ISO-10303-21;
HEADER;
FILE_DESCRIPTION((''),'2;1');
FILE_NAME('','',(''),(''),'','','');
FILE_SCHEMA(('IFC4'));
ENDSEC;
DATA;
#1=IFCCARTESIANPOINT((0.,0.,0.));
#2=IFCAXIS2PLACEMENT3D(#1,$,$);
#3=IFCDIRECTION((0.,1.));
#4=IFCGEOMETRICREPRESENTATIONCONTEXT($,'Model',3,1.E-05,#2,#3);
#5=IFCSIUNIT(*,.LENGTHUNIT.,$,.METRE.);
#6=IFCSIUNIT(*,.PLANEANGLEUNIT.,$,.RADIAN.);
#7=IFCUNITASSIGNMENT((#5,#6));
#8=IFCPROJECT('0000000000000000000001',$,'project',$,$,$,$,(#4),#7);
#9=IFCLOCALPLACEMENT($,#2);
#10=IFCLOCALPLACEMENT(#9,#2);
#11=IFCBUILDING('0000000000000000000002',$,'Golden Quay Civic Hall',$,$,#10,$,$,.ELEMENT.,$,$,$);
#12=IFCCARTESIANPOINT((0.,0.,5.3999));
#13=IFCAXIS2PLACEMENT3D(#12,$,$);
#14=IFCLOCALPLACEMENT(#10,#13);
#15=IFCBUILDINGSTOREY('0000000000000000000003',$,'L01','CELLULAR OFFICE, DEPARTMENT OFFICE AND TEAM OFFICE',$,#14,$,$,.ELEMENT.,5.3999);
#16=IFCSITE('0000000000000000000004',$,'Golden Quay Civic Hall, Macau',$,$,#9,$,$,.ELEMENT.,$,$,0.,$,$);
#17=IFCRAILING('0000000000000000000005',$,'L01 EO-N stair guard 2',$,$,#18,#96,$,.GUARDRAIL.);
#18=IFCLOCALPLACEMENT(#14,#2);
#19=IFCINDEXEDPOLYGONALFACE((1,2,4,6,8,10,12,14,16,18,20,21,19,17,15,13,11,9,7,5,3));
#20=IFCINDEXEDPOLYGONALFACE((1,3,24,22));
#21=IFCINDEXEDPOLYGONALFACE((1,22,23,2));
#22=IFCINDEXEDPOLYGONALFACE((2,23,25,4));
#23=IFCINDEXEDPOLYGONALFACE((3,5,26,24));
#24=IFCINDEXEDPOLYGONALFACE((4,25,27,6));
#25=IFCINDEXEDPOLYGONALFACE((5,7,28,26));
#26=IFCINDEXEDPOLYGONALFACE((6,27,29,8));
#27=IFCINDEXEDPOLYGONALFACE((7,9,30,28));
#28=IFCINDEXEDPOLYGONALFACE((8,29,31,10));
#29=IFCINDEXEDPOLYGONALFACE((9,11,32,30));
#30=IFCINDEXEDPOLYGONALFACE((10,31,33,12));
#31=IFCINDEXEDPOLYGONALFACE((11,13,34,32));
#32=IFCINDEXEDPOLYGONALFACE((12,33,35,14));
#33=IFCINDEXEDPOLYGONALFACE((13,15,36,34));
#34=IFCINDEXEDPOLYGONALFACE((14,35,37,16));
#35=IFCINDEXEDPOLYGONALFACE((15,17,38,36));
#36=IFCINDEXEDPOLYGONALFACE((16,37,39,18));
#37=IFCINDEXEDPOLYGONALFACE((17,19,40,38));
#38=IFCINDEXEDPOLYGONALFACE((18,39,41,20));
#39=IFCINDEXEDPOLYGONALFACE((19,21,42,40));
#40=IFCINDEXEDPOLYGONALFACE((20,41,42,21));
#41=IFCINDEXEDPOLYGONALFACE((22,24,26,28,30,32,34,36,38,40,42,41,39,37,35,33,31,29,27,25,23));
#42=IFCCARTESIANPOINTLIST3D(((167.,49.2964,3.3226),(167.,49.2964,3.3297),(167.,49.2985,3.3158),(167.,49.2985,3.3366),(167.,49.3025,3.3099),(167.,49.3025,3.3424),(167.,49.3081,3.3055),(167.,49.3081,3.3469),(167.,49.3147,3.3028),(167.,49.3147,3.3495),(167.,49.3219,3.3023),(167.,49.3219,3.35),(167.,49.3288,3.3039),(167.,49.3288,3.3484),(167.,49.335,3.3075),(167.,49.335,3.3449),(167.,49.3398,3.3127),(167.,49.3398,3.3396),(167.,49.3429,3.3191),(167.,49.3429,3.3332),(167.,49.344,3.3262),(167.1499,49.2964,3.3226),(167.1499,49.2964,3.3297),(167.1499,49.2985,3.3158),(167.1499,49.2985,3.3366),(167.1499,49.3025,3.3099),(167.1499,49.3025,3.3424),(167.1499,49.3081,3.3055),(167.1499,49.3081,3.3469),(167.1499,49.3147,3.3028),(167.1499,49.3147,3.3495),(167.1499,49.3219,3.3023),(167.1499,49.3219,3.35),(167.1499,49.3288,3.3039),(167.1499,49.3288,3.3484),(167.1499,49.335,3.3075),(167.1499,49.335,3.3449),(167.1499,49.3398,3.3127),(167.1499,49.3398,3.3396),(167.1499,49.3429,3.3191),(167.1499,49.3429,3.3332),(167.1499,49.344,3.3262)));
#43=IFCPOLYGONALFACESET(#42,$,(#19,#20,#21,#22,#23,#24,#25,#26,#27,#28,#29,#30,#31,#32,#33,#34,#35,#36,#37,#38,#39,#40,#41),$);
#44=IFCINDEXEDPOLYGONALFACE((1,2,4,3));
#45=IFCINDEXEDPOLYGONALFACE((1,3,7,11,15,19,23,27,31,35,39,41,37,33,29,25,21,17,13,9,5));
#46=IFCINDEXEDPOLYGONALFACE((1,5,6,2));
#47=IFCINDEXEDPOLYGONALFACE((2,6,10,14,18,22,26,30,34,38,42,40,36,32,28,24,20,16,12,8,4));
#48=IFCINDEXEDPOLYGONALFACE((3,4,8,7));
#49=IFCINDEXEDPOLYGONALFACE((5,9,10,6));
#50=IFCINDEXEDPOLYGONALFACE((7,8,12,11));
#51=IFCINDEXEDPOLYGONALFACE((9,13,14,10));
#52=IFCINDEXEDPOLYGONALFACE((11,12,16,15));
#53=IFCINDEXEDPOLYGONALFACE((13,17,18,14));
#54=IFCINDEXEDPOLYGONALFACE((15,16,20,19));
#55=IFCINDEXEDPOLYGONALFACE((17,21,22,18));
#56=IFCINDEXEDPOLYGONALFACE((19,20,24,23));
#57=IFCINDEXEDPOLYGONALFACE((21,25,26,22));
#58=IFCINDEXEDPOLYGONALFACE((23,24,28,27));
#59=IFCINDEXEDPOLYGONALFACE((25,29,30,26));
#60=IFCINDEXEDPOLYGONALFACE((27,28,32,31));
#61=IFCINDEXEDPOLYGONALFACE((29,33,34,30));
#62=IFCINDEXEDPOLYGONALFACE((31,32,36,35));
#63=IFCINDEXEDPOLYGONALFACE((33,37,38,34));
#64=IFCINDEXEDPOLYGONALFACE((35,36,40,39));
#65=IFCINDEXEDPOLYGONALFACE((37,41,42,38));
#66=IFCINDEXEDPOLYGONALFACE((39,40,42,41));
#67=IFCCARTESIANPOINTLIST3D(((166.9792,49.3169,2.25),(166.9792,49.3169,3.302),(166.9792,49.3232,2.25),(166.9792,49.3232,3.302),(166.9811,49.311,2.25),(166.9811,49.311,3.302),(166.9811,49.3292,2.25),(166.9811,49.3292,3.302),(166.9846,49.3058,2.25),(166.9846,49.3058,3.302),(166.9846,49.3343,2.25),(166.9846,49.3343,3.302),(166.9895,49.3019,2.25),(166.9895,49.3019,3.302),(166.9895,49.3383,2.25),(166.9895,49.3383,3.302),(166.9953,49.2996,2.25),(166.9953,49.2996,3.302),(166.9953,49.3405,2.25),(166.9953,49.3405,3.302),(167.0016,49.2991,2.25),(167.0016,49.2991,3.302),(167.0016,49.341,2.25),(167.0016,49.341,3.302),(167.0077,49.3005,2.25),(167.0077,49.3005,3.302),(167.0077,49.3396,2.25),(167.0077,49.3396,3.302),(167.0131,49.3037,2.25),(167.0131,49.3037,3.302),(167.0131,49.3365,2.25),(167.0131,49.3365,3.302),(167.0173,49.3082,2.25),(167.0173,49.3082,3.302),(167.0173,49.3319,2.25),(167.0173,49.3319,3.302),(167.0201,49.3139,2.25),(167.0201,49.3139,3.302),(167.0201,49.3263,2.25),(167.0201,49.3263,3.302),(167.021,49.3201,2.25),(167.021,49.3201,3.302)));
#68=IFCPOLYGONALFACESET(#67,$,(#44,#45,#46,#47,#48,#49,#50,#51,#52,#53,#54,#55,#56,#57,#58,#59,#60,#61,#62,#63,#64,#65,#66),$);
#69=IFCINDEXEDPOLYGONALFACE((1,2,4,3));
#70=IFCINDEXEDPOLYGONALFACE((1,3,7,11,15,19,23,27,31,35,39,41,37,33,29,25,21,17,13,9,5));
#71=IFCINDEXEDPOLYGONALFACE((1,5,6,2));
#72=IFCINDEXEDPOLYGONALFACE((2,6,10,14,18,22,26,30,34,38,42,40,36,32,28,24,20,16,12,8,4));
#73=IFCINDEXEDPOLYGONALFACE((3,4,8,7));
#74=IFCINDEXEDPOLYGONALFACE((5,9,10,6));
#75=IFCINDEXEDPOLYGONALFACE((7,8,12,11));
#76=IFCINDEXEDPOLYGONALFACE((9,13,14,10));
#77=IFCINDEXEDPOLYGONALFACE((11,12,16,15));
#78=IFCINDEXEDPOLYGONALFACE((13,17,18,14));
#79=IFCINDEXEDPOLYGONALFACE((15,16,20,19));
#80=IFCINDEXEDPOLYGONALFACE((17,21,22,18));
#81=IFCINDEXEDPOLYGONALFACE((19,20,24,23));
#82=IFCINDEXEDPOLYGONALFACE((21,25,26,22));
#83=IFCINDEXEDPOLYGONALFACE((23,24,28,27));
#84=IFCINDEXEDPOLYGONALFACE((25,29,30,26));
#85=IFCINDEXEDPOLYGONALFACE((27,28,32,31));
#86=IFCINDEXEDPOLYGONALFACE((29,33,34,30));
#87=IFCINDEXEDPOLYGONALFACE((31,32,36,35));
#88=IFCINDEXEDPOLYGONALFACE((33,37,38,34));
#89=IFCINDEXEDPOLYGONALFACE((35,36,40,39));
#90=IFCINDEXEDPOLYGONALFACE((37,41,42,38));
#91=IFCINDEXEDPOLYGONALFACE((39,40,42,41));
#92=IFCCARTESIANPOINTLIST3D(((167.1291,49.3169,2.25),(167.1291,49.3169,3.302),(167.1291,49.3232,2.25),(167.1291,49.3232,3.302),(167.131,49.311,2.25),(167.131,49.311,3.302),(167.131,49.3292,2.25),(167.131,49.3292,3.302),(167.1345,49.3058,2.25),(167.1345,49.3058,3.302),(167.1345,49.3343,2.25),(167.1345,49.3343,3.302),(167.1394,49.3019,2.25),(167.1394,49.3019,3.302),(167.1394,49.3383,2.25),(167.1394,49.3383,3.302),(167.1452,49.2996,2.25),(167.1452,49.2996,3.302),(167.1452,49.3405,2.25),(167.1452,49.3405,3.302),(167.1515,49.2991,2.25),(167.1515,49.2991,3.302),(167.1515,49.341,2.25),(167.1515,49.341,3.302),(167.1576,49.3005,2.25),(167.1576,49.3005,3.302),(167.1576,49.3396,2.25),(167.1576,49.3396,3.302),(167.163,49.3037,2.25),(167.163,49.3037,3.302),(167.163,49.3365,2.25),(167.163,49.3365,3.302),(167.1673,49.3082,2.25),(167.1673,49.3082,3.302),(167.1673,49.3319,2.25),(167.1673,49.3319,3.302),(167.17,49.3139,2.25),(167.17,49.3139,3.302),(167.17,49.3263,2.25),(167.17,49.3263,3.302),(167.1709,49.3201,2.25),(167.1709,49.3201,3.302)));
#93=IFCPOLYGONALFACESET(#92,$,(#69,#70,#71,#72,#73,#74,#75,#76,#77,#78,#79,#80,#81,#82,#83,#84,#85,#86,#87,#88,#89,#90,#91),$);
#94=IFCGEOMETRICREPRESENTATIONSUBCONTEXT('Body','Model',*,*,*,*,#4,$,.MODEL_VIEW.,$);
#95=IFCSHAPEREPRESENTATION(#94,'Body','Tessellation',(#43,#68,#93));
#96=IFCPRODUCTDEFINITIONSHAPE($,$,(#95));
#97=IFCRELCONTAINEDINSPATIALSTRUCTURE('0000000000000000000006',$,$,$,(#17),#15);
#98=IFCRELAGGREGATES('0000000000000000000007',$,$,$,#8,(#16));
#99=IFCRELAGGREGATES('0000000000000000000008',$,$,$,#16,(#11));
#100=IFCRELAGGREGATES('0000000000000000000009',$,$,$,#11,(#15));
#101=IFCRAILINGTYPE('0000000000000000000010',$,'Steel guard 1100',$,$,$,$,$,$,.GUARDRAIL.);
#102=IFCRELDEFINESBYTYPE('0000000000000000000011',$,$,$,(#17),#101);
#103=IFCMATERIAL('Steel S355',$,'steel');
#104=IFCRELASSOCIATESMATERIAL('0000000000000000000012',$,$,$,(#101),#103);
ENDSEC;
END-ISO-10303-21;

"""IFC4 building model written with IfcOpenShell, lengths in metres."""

from ifc_helpers import new_model, si_unit, direction, frame, origin, origin_2d, place, context, subcontext, project, spatial, circle, extrude, material, type_object, element, save


model = new_model("IFC4")

# Units and contexts
model_context = context("Model", 3, precision=1e-05, world=origin(), true_north=direction((0.0, 1.0)))
body_context = subcontext(model_context, "Body", "Model", "MODEL_VIEW")
ifc_project = project(units=[si_unit("LENGTHUNIT", "METRE"), si_unit("PLANEANGLEUNIT", "RADIAN")], contexts=[model_context])

# Site, building, storey
site_placement = place(None, origin())
site = spatial("IfcSite", under=ifc_project, at=site_placement, Name="Golden Quay Civic Hall, Macau", CompositionType="ELEMENT", RefElevation=0.0)
building_placement = place(site_placement, origin())
building = spatial("IfcBuilding", under=site, at=building_placement, Name="Golden Quay Civic Hall", CompositionType="ELEMENT")
storey_placement = place(building_placement, frame((0.0, 0.0, 5.3999)))
storey = spatial("IfcBuildingStorey", under=building, at=storey_placement, Name="L01", Description="CELLULAR OFFICE, DEPARTMENT OFFICE AND TEAM OFFICE", CompositionType="ELEMENT", Elevation=5.3999)

# Railing
ifc_material_1 = material(Name="Steel S355", Category="steel")
railing_type_1 = type_object("IfcRailingType", Name="Steel guard 1100", PredefinedType="GUARDRAIL", material=ifc_material_1)
railing_1_placement = place(storey_placement, frame((167.0, 49.3201, 2.25)))
element("IfcRailing", 1, at=railing_1_placement, inside=storey, type_object=railing_type_1, Name="L01 EO-N stair guard 2", PredefinedType="GUARDRAIL", context=body_context, shape_type="SweptSolid", body=[
    extrude(circle(Radius=0.0239, at=origin_2d()), frame((0.0, 0.0, 1.0762), z_axis=(1.0, 0.0, 0.0), x_axis=(0.0, 1.0, 0.0)), (0.0, 0.0, 1.0), 0.1499),
    extrude(circle(Radius=0.021, at=origin_2d()), origin(), (0.0, 0.0, 1.0), 1.052),
    extrude(circle(Radius=0.021, at=origin_2d()), frame((0.1499, 0.0, 0.0)), (0.0, 0.0, 1.0), 1.052),
])

save(model, "model.ifc")
